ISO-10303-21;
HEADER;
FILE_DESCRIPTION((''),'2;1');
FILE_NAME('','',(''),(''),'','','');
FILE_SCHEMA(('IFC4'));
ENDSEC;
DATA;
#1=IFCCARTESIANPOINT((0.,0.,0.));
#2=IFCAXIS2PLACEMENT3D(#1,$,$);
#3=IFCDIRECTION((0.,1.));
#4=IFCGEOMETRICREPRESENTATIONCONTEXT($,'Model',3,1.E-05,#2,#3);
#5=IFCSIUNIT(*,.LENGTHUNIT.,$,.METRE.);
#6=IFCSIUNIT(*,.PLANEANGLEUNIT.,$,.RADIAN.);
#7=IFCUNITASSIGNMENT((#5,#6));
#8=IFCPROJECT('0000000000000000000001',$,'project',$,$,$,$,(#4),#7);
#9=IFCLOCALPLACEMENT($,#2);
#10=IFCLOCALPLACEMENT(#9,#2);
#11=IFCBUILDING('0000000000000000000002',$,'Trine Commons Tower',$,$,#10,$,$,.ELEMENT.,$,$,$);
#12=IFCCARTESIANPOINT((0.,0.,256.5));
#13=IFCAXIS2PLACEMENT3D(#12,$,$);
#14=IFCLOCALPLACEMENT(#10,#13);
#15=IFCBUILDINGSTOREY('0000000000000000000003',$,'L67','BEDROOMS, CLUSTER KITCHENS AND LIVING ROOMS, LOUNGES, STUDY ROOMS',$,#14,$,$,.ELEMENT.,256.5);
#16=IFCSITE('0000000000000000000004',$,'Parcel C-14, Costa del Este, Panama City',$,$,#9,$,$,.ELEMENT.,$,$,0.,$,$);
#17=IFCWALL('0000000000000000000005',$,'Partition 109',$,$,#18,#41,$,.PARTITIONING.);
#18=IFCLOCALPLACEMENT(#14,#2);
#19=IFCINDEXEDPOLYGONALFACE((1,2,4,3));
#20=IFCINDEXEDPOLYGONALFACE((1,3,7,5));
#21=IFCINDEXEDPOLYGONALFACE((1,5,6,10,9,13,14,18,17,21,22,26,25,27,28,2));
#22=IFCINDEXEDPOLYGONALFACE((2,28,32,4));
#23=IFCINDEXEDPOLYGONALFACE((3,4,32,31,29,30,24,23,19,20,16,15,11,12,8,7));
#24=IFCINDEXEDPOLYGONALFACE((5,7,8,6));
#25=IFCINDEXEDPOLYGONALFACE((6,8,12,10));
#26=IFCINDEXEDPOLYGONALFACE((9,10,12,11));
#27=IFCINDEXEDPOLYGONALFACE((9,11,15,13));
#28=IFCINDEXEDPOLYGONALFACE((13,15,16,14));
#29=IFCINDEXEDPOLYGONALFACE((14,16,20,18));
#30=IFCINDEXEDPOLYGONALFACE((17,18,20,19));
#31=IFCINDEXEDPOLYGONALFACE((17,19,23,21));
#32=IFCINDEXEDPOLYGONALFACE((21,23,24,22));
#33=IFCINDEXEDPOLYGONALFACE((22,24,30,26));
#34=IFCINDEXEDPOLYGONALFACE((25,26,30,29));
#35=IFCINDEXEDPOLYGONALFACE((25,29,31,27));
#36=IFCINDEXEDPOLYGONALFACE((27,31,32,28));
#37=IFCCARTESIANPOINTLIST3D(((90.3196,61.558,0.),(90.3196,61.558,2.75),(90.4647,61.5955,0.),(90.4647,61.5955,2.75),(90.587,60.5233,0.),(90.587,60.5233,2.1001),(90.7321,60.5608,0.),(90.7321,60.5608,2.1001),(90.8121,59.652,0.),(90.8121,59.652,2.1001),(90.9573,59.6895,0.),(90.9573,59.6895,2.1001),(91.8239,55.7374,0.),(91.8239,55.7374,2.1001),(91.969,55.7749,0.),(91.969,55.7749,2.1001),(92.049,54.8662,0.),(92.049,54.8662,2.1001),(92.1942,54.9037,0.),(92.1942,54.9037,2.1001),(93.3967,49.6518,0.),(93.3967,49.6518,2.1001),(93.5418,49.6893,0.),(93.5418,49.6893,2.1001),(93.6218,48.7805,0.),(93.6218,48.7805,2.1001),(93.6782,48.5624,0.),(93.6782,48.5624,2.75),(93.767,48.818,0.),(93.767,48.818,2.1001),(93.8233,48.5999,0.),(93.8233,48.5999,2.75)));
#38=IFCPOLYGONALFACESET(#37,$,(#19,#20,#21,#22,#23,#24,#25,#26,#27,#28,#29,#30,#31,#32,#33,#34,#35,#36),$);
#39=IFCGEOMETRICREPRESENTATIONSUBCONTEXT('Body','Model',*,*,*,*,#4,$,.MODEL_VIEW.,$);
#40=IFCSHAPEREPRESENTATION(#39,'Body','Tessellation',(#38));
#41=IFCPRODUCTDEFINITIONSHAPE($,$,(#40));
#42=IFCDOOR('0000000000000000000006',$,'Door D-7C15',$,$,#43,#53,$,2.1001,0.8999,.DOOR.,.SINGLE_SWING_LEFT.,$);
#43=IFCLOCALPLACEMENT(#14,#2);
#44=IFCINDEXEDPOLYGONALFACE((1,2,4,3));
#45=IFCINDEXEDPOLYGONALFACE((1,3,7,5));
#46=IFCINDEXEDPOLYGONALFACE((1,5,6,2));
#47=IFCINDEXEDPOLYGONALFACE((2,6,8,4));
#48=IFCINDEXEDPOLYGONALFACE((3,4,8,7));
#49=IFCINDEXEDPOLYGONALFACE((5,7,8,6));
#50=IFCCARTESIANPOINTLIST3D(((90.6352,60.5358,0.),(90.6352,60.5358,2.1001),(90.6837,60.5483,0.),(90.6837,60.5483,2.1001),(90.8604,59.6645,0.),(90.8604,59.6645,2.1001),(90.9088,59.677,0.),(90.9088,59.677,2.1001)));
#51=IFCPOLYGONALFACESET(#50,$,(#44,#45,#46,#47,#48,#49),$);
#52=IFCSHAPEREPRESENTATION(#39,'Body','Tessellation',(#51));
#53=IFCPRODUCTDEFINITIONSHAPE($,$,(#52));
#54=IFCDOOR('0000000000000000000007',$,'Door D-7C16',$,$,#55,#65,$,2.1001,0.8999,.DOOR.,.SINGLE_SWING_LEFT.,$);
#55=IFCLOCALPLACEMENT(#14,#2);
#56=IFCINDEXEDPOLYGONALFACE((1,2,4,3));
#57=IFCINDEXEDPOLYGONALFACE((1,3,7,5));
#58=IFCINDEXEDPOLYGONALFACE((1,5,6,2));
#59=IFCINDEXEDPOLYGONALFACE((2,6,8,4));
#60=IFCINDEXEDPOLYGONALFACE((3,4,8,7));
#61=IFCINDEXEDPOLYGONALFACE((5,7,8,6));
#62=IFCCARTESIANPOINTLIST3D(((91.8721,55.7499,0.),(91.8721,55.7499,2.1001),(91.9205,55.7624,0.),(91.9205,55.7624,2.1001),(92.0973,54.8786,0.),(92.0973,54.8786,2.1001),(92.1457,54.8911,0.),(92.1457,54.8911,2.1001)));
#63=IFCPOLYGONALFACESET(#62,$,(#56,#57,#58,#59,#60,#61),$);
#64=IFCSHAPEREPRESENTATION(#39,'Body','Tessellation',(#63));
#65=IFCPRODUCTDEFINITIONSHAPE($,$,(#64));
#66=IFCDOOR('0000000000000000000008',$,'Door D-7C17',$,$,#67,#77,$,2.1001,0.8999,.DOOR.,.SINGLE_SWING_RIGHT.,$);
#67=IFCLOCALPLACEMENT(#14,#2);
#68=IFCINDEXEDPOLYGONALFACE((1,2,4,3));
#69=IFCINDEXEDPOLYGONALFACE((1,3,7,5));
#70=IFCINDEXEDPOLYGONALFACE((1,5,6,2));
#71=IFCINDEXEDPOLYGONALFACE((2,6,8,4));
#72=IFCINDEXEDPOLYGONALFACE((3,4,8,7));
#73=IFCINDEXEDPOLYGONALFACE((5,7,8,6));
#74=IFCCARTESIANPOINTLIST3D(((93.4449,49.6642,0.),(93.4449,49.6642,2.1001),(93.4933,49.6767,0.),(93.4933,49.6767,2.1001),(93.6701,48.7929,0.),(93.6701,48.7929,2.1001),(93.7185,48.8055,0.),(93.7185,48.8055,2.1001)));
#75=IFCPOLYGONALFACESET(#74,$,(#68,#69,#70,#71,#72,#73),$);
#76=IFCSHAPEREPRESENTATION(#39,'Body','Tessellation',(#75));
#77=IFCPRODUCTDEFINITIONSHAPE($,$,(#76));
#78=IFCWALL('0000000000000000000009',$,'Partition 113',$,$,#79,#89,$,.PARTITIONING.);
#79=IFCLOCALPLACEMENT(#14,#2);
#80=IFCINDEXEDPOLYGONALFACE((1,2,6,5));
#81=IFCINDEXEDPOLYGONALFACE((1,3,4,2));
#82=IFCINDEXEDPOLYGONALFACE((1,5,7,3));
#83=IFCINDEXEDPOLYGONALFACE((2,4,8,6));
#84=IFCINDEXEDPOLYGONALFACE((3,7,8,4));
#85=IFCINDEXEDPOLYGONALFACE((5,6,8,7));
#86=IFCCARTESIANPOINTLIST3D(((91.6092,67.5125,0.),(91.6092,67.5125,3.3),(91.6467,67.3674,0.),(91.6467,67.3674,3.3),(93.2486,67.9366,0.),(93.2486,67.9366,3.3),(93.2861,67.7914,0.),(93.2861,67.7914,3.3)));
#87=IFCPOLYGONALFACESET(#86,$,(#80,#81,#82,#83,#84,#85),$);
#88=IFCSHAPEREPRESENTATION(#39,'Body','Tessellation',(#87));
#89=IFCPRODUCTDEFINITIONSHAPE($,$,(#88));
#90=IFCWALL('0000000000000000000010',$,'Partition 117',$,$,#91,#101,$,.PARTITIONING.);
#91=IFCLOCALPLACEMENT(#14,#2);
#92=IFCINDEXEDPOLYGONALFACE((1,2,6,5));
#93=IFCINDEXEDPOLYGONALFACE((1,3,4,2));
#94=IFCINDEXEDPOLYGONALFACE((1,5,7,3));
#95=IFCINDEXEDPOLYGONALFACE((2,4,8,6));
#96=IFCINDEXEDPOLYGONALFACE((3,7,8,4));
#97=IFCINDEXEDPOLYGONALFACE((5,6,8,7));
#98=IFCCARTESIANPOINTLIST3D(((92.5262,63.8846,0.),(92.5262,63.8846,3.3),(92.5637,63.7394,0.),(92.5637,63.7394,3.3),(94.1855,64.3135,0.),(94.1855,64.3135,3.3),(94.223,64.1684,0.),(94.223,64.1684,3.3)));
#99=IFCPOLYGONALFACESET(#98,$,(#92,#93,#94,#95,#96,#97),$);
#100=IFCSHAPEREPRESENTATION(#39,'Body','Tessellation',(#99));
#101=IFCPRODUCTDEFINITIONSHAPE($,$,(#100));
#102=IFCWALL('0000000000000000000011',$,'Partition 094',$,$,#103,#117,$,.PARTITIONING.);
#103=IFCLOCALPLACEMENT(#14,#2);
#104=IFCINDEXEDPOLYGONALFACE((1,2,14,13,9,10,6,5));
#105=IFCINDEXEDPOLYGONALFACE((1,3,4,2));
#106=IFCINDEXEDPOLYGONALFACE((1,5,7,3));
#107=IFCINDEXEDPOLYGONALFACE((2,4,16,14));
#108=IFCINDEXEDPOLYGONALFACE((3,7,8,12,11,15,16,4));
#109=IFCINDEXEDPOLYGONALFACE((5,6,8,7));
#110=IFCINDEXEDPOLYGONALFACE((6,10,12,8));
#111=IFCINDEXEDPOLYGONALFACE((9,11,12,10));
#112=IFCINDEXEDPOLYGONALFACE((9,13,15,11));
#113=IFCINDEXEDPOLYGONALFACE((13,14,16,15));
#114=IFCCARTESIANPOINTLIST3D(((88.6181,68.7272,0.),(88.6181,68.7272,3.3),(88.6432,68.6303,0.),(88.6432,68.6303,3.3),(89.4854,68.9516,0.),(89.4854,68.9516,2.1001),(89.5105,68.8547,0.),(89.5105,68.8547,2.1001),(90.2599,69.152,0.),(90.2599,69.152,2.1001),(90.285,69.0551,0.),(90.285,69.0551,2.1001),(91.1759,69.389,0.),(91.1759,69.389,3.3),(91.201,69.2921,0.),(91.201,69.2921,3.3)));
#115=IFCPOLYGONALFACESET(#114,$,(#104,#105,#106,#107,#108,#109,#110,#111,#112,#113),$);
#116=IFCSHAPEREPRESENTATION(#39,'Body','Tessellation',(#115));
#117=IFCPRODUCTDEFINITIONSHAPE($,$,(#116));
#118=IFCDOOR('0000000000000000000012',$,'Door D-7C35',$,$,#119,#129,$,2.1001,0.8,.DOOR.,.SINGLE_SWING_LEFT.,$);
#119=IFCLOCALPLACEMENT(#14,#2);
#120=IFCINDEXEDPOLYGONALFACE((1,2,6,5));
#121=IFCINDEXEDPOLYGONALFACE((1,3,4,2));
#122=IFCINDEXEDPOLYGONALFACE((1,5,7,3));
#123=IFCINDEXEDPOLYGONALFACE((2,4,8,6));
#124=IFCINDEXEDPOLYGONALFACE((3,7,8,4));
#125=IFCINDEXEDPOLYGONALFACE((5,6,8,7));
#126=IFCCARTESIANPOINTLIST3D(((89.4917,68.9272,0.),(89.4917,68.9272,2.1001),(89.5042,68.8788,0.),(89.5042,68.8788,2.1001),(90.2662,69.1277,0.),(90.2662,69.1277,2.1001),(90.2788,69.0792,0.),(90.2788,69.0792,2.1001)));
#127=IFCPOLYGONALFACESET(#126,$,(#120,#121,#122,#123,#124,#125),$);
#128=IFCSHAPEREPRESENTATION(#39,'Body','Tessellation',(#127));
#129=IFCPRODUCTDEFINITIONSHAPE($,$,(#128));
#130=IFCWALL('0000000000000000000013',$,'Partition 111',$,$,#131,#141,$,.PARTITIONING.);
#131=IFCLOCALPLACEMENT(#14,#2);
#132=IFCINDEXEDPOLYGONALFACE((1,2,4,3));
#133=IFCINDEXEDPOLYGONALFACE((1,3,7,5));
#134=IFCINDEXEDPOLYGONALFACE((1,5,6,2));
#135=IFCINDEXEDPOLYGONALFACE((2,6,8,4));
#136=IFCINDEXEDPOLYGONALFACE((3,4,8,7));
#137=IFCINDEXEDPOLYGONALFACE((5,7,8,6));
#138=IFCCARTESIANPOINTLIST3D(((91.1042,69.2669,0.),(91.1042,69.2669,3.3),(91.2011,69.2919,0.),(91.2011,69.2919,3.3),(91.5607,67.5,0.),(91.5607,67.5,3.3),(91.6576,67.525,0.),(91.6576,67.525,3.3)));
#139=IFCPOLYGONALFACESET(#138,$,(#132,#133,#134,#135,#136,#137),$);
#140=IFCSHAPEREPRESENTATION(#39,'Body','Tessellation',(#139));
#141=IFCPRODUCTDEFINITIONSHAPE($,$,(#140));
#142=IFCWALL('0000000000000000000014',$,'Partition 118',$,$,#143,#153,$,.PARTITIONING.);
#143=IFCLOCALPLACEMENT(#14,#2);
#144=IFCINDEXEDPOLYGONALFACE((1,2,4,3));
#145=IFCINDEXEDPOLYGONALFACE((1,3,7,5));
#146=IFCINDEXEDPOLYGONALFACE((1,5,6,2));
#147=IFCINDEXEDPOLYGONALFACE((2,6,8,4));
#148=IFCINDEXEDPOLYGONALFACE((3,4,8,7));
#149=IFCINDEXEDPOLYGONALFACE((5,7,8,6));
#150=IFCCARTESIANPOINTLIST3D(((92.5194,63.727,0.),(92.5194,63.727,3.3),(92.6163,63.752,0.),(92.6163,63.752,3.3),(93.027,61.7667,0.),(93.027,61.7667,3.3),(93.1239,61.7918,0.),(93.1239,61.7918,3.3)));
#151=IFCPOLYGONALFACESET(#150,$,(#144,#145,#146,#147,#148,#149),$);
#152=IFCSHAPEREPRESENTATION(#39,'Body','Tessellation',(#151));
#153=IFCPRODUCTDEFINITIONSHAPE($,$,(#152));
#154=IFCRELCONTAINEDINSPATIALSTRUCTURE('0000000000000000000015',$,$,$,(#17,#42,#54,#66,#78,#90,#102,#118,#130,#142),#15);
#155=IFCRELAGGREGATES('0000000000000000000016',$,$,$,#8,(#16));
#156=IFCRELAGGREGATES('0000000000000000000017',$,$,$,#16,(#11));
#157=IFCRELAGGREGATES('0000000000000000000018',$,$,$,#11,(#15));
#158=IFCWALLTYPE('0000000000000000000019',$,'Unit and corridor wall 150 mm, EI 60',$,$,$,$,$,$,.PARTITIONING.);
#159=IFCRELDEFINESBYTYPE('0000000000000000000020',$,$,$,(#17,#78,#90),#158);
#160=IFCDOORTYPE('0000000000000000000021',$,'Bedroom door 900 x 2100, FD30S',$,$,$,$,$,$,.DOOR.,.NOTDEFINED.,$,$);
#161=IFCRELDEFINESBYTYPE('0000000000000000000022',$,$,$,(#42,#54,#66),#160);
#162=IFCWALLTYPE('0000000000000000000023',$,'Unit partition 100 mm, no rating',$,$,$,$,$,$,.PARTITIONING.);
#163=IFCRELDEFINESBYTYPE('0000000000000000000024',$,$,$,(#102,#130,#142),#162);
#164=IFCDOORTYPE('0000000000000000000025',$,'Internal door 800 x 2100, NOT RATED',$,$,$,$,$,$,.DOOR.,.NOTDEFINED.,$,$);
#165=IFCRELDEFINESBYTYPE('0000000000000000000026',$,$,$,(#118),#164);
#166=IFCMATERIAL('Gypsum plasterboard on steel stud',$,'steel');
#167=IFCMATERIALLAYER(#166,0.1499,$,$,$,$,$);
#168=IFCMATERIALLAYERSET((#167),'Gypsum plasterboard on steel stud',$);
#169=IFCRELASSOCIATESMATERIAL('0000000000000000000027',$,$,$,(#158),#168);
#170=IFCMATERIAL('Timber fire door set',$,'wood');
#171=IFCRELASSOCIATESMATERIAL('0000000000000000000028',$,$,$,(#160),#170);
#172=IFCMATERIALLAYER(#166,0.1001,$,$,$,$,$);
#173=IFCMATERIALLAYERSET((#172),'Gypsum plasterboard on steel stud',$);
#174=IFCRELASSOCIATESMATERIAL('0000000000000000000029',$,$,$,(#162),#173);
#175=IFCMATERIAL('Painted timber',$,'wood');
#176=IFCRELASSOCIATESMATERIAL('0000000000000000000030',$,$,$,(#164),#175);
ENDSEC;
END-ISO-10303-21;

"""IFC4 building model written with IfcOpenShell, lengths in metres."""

from ifc_helpers import new_model, si_unit, direction, frame, frame_2d, origin, place, context, subcontext, project, spatial, rectangle, extrude, material, layer, layer_set, type_object, element, fill, save


model = new_model("IFC4")

# Units and contexts
model_context = context("Model", 3, precision=1e-05, world=origin(), true_north=direction((0.0, 1.0)))
body_context = subcontext(model_context, "Body", "Model", "MODEL_VIEW")
ifc_project = project(units=[si_unit("LENGTHUNIT", "METRE"), si_unit("PLANEANGLEUNIT", "RADIAN")], contexts=[model_context])

# Site, building, storey
site_placement = place(None, origin())
site = spatial("IfcSite", under=ifc_project, at=site_placement, Name="Parcel C-14, Costa del Este, Panama City", CompositionType="ELEMENT", RefElevation=0.0)
building_placement = place(site_placement, origin())
building = spatial("IfcBuilding", under=site, at=building_placement, Name="Trine Commons Tower", CompositionType="ELEMENT")
storey_placement = place(building_placement, frame((0.0, 0.0, 256.5)))
storey = spatial("IfcBuildingStorey", under=building, at=storey_placement, Name="L67", Description="BEDROOMS, CLUSTER KITCHENS AND LIVING ROOMS, LOUNGES, STUDY ROOMS", CompositionType="ELEMENT", Elevation=256.5)

# Shared definitions
ifc_material_1 = material(Name="Gypsum plasterboard on steel stud", Category="steel")
ifc_layer_1 = layer(ifc_material_1, 0.1499)
ifc_layer_set_1 = layer_set([ifc_layer_1], Name="Gypsum plasterboard on steel stud")
wall_type_1 = type_object("IfcWallType", Name="Unit and corridor wall 150 mm, EI 60", PredefinedType="PARTITIONING", material=ifc_layer_set_1)

# Shared definitions
ifc_material_2 = material(Name="Timber fire door set", Category="wood")
door_type_1 = type_object("IfcDoorType", Name="Bedroom door 900 x 2100, FD30S", OperationType="NOTDEFINED", PredefinedType="DOOR", material=ifc_material_2)

# Wall, openings, doors
wall_1_placement = place(storey_placement, frame((90.3921, 61.5769, 0.0), z_axis=(0.0, 0.0, 1.0), x_axis=(0.250223, -0.968188, 0.0)))
wall_1 = element("IfcWall", 1, at=wall_1_placement, inside=storey, type_object=wall_type_1, Name="Partition 109", PredefinedType="PARTITIONING", context=body_context, shape_type="SweptSolid", body=[
    extrude(rectangle(XDim=13.4226, YDim=0.1499, at=frame_2d((6.7114, 0.0))), origin(), (0.0, 0.0, 1.0), 2.75),
])
opening_1_placement = place(wall_1_placement, frame((1.0688, 0.0, 0.0)))
opening_1 = element("IfcOpeningElement", 2, at=opening_1_placement, cuts=wall_1, PredefinedType="OPENING", context=body_context, shape_type="SweptSolid", body=[
    extrude(rectangle(XDim=0.8999, YDim=2.1001, at=frame_2d((0.45, 1.05))), frame((0.0, 0.085, 0.0), z_axis=(0.0, -1.0, 0.0), x_axis=(1.0, 0.0, 0.0)), (0.0, 0.0, 1.0), 0.1699),
])
opening_2_placement = place(wall_1_placement, frame((6.012, 0.0, 0.0)))
opening_2 = element("IfcOpeningElement", 3, at=opening_2_placement, cuts=wall_1, PredefinedType="OPENING", context=body_context, shape_type="SweptSolid", body=[
    extrude(rectangle(XDim=0.8999, YDim=2.1001, at=frame_2d((0.45, 1.05))), frame((0.0, 0.085, 0.0), z_axis=(0.0, -1.0, 0.0), x_axis=(1.0, 0.0, 0.0)), (0.0, 0.0, 1.0), 0.1699),
])
opening_3_placement = place(wall_1_placement, frame((12.2976, 0.0, 0.0)))
opening_3 = element("IfcOpeningElement", 4, at=opening_3_placement, cuts=wall_1, PredefinedType="OPENING", context=body_context, shape_type="SweptSolid", body=[
    extrude(rectangle(XDim=0.8999, YDim=2.1001, at=frame_2d((0.45, 1.05))), frame((0.0, 0.085, 0.0), z_axis=(0.0, -1.0, 0.0), x_axis=(1.0, 0.0, 0.0)), (0.0, 0.0, 1.0), 0.1699),
])
door_1_placement = place(opening_1_placement, origin())
door_1 = element("IfcDoor", 5, at=door_1_placement, inside=storey, type_object=door_type_1, Name="Door D-7C15", OperationType="SINGLE_SWING_LEFT", OverallHeight=2.1001, OverallWidth=0.8999, PredefinedType="DOOR", context=body_context, shape_type="SweptSolid", body=[
    extrude(rectangle(XDim=0.8999, YDim=2.1001, at=frame_2d((0.45, 1.05))), frame((0.0, 0.0249, 0.0), z_axis=(0.0, -1.0, 0.0), x_axis=(1.0, 0.0, 0.0)), (0.0, 0.0, 1.0), 0.05),
])
fill(opening_1, door_1)
door_2_placement = place(opening_2_placement, origin())
door_2 = element("IfcDoor", 6, at=door_2_placement, inside=storey, type_object=door_type_1, Name="Door D-7C16", OperationType="SINGLE_SWING_LEFT", OverallHeight=2.1001, OverallWidth=0.8999, PredefinedType="DOOR", context=body_context, shape_type="SweptSolid", body=[
    extrude(rectangle(XDim=0.8999, YDim=2.1001, at=frame_2d((0.45, 1.05))), frame((0.0, 0.0249, 0.0), z_axis=(0.0, -1.0, 0.0), x_axis=(1.0, 0.0, 0.0)), (0.0, 0.0, 1.0), 0.05),
])
fill(opening_2, door_2)
door_3_placement = place(opening_3_placement, origin())
door_3 = element("IfcDoor", 7, at=door_3_placement, inside=storey, type_object=door_type_1, Name="Door D-7C17", OperationType="SINGLE_SWING_RIGHT", OverallHeight=2.1001, OverallWidth=0.8999, PredefinedType="DOOR", context=body_context, shape_type="SweptSolid", body=[
    extrude(rectangle(XDim=0.8999, YDim=2.1001, at=frame_2d((0.45, 1.05))), frame((0.0, 0.0249, 0.0), z_axis=(0.0, -1.0, 0.0), x_axis=(1.0, 0.0, 0.0)), (0.0, 0.0, 1.0), 0.05),
])
fill(opening_3, door_3)

# Walls
wall_2_placement = place(storey_placement, frame((91.6279, 67.4399, 0.0), z_axis=(0.0, 0.0, 1.0), x_axis=(0.968134, 0.250432, 0.0)))
element("IfcWall", 8, at=wall_2_placement, inside=storey, type_object=wall_type_1, Name="Partition 113", PredefinedType="PARTITIONING", context=body_context, shape_type="SweptSolid", body=[
    extrude(rectangle(XDim=1.6934, YDim=0.1499, at=frame_2d((0.8467, 0.0))), origin(), (0.0, 0.0, 1.0), 3.3),
])
wall_3_placement = place(storey_placement, frame((92.5449, 63.812, 0.0), z_axis=(0.0, 0.0, 1.0), x_axis=(0.968176, 0.25027, 0.0)))
element("IfcWall", 9, at=wall_3_placement, inside=storey, type_object=wall_type_1, Name="Partition 117", PredefinedType="PARTITIONING", context=body_context, shape_type="SweptSolid", body=[
    extrude(rectangle(XDim=1.7139, YDim=0.1499, at=frame_2d((0.8569, 0.0))), origin(), (0.0, 0.0, 1.0), 3.3),
])

# Wall, opening, door
ifc_layer_2 = layer(ifc_material_1, 0.1001)
ifc_layer_set_2 = layer_set([ifc_layer_2], Name="Gypsum plasterboard on steel stud")
wall_type_2 = type_object("IfcWallType", Name="Unit partition 100 mm, no rating", PredefinedType="PARTITIONING", material=ifc_layer_set_2)
wall_4_placement = place(storey_placement, frame((88.6306, 68.6787, 0.0), z_axis=(0.0, 0.0, 1.0), x_axis=(0.968115, 0.250507, 0.0)))
wall_4 = element("IfcWall", 10, at=wall_4_placement, inside=storey, type_object=wall_type_2, Name="Partition 094", PredefinedType="PARTITIONING", context=body_context, shape_type="SweptSolid", body=[
    extrude(rectangle(XDim=2.6421, YDim=0.1001, at=frame_2d((1.321, 0.0))), origin(), (0.0, 0.0, 1.0), 3.3),
])
opening_4_placement = place(wall_4_placement, frame((0.896, 0.0, 0.0)))
opening_4 = element("IfcOpeningElement", 11, at=opening_4_placement, cuts=wall_4, PredefinedType="OPENING", context=body_context, shape_type="SweptSolid", body=[
    extrude(rectangle(XDim=0.8, YDim=2.1001, at=frame_2d((0.3999, 1.05))), frame((0.0, 0.0601, 0.0), z_axis=(0.0, -1.0, 0.0), x_axis=(1.0, 0.0, 0.0)), (0.0, 0.0, 1.0), 0.1201),
])
ifc_material_3 = material(Name="Painted timber", Category="wood")
door_type_2 = type_object("IfcDoorType", Name="Internal door 800 x 2100, NOT RATED", OperationType="NOTDEFINED", PredefinedType="DOOR", material=ifc_material_3)
door_4_placement = place(opening_4_placement, origin())
door_4 = element("IfcDoor", 12, at=door_4_placement, inside=storey, type_object=door_type_2, Name="Door D-7C35", OperationType="SINGLE_SWING_LEFT", OverallHeight=2.1001, OverallWidth=0.8, PredefinedType="DOOR", context=body_context, shape_type="SweptSolid", body=[
    extrude(rectangle(XDim=0.8, YDim=2.1001, at=frame_2d((0.3999, 1.05))), frame((0.0, 0.0249, 0.0), z_axis=(0.0, -1.0, 0.0), x_axis=(1.0, 0.0, 0.0)), (0.0, 0.0, 1.0), 0.05),
])
fill(opening_4, door_4)

# Walls
wall_5_placement = place(storey_placement, frame((91.1526, 69.2795, 0.0), z_axis=(0.0, 0.0, 1.0), x_axis=(0.250177, -0.9682, 0.0)))
element("IfcWall", 13, at=wall_5_placement, inside=storey, type_object=wall_type_2, Name="Partition 111", PredefinedType="PARTITIONING", context=body_context, shape_type="SweptSolid", body=[
    extrude(rectangle(XDim=1.825, YDim=0.1001, at=frame_2d((0.9126, 0.0))), origin(), (0.0, 0.0, 1.0), 3.3),
])
wall_6_placement = place(storey_placement, frame((92.5679, 63.7395, 0.0), z_axis=(0.0, 0.0, 1.0), x_axis=(0.250669, -0.968073, 0.0)))
element("IfcWall", 14, at=wall_6_placement, inside=storey, type_object=wall_type_2, Name="Partition 118", PredefinedType="PARTITIONING", context=body_context, shape_type="SweptSolid", body=[
    extrude(rectangle(XDim=2.0249, YDim=0.1001, at=frame_2d((1.0125, 0.0))), origin(), (0.0, 0.0, 1.0), 3.3),
])

save(model, "model.ifc")
